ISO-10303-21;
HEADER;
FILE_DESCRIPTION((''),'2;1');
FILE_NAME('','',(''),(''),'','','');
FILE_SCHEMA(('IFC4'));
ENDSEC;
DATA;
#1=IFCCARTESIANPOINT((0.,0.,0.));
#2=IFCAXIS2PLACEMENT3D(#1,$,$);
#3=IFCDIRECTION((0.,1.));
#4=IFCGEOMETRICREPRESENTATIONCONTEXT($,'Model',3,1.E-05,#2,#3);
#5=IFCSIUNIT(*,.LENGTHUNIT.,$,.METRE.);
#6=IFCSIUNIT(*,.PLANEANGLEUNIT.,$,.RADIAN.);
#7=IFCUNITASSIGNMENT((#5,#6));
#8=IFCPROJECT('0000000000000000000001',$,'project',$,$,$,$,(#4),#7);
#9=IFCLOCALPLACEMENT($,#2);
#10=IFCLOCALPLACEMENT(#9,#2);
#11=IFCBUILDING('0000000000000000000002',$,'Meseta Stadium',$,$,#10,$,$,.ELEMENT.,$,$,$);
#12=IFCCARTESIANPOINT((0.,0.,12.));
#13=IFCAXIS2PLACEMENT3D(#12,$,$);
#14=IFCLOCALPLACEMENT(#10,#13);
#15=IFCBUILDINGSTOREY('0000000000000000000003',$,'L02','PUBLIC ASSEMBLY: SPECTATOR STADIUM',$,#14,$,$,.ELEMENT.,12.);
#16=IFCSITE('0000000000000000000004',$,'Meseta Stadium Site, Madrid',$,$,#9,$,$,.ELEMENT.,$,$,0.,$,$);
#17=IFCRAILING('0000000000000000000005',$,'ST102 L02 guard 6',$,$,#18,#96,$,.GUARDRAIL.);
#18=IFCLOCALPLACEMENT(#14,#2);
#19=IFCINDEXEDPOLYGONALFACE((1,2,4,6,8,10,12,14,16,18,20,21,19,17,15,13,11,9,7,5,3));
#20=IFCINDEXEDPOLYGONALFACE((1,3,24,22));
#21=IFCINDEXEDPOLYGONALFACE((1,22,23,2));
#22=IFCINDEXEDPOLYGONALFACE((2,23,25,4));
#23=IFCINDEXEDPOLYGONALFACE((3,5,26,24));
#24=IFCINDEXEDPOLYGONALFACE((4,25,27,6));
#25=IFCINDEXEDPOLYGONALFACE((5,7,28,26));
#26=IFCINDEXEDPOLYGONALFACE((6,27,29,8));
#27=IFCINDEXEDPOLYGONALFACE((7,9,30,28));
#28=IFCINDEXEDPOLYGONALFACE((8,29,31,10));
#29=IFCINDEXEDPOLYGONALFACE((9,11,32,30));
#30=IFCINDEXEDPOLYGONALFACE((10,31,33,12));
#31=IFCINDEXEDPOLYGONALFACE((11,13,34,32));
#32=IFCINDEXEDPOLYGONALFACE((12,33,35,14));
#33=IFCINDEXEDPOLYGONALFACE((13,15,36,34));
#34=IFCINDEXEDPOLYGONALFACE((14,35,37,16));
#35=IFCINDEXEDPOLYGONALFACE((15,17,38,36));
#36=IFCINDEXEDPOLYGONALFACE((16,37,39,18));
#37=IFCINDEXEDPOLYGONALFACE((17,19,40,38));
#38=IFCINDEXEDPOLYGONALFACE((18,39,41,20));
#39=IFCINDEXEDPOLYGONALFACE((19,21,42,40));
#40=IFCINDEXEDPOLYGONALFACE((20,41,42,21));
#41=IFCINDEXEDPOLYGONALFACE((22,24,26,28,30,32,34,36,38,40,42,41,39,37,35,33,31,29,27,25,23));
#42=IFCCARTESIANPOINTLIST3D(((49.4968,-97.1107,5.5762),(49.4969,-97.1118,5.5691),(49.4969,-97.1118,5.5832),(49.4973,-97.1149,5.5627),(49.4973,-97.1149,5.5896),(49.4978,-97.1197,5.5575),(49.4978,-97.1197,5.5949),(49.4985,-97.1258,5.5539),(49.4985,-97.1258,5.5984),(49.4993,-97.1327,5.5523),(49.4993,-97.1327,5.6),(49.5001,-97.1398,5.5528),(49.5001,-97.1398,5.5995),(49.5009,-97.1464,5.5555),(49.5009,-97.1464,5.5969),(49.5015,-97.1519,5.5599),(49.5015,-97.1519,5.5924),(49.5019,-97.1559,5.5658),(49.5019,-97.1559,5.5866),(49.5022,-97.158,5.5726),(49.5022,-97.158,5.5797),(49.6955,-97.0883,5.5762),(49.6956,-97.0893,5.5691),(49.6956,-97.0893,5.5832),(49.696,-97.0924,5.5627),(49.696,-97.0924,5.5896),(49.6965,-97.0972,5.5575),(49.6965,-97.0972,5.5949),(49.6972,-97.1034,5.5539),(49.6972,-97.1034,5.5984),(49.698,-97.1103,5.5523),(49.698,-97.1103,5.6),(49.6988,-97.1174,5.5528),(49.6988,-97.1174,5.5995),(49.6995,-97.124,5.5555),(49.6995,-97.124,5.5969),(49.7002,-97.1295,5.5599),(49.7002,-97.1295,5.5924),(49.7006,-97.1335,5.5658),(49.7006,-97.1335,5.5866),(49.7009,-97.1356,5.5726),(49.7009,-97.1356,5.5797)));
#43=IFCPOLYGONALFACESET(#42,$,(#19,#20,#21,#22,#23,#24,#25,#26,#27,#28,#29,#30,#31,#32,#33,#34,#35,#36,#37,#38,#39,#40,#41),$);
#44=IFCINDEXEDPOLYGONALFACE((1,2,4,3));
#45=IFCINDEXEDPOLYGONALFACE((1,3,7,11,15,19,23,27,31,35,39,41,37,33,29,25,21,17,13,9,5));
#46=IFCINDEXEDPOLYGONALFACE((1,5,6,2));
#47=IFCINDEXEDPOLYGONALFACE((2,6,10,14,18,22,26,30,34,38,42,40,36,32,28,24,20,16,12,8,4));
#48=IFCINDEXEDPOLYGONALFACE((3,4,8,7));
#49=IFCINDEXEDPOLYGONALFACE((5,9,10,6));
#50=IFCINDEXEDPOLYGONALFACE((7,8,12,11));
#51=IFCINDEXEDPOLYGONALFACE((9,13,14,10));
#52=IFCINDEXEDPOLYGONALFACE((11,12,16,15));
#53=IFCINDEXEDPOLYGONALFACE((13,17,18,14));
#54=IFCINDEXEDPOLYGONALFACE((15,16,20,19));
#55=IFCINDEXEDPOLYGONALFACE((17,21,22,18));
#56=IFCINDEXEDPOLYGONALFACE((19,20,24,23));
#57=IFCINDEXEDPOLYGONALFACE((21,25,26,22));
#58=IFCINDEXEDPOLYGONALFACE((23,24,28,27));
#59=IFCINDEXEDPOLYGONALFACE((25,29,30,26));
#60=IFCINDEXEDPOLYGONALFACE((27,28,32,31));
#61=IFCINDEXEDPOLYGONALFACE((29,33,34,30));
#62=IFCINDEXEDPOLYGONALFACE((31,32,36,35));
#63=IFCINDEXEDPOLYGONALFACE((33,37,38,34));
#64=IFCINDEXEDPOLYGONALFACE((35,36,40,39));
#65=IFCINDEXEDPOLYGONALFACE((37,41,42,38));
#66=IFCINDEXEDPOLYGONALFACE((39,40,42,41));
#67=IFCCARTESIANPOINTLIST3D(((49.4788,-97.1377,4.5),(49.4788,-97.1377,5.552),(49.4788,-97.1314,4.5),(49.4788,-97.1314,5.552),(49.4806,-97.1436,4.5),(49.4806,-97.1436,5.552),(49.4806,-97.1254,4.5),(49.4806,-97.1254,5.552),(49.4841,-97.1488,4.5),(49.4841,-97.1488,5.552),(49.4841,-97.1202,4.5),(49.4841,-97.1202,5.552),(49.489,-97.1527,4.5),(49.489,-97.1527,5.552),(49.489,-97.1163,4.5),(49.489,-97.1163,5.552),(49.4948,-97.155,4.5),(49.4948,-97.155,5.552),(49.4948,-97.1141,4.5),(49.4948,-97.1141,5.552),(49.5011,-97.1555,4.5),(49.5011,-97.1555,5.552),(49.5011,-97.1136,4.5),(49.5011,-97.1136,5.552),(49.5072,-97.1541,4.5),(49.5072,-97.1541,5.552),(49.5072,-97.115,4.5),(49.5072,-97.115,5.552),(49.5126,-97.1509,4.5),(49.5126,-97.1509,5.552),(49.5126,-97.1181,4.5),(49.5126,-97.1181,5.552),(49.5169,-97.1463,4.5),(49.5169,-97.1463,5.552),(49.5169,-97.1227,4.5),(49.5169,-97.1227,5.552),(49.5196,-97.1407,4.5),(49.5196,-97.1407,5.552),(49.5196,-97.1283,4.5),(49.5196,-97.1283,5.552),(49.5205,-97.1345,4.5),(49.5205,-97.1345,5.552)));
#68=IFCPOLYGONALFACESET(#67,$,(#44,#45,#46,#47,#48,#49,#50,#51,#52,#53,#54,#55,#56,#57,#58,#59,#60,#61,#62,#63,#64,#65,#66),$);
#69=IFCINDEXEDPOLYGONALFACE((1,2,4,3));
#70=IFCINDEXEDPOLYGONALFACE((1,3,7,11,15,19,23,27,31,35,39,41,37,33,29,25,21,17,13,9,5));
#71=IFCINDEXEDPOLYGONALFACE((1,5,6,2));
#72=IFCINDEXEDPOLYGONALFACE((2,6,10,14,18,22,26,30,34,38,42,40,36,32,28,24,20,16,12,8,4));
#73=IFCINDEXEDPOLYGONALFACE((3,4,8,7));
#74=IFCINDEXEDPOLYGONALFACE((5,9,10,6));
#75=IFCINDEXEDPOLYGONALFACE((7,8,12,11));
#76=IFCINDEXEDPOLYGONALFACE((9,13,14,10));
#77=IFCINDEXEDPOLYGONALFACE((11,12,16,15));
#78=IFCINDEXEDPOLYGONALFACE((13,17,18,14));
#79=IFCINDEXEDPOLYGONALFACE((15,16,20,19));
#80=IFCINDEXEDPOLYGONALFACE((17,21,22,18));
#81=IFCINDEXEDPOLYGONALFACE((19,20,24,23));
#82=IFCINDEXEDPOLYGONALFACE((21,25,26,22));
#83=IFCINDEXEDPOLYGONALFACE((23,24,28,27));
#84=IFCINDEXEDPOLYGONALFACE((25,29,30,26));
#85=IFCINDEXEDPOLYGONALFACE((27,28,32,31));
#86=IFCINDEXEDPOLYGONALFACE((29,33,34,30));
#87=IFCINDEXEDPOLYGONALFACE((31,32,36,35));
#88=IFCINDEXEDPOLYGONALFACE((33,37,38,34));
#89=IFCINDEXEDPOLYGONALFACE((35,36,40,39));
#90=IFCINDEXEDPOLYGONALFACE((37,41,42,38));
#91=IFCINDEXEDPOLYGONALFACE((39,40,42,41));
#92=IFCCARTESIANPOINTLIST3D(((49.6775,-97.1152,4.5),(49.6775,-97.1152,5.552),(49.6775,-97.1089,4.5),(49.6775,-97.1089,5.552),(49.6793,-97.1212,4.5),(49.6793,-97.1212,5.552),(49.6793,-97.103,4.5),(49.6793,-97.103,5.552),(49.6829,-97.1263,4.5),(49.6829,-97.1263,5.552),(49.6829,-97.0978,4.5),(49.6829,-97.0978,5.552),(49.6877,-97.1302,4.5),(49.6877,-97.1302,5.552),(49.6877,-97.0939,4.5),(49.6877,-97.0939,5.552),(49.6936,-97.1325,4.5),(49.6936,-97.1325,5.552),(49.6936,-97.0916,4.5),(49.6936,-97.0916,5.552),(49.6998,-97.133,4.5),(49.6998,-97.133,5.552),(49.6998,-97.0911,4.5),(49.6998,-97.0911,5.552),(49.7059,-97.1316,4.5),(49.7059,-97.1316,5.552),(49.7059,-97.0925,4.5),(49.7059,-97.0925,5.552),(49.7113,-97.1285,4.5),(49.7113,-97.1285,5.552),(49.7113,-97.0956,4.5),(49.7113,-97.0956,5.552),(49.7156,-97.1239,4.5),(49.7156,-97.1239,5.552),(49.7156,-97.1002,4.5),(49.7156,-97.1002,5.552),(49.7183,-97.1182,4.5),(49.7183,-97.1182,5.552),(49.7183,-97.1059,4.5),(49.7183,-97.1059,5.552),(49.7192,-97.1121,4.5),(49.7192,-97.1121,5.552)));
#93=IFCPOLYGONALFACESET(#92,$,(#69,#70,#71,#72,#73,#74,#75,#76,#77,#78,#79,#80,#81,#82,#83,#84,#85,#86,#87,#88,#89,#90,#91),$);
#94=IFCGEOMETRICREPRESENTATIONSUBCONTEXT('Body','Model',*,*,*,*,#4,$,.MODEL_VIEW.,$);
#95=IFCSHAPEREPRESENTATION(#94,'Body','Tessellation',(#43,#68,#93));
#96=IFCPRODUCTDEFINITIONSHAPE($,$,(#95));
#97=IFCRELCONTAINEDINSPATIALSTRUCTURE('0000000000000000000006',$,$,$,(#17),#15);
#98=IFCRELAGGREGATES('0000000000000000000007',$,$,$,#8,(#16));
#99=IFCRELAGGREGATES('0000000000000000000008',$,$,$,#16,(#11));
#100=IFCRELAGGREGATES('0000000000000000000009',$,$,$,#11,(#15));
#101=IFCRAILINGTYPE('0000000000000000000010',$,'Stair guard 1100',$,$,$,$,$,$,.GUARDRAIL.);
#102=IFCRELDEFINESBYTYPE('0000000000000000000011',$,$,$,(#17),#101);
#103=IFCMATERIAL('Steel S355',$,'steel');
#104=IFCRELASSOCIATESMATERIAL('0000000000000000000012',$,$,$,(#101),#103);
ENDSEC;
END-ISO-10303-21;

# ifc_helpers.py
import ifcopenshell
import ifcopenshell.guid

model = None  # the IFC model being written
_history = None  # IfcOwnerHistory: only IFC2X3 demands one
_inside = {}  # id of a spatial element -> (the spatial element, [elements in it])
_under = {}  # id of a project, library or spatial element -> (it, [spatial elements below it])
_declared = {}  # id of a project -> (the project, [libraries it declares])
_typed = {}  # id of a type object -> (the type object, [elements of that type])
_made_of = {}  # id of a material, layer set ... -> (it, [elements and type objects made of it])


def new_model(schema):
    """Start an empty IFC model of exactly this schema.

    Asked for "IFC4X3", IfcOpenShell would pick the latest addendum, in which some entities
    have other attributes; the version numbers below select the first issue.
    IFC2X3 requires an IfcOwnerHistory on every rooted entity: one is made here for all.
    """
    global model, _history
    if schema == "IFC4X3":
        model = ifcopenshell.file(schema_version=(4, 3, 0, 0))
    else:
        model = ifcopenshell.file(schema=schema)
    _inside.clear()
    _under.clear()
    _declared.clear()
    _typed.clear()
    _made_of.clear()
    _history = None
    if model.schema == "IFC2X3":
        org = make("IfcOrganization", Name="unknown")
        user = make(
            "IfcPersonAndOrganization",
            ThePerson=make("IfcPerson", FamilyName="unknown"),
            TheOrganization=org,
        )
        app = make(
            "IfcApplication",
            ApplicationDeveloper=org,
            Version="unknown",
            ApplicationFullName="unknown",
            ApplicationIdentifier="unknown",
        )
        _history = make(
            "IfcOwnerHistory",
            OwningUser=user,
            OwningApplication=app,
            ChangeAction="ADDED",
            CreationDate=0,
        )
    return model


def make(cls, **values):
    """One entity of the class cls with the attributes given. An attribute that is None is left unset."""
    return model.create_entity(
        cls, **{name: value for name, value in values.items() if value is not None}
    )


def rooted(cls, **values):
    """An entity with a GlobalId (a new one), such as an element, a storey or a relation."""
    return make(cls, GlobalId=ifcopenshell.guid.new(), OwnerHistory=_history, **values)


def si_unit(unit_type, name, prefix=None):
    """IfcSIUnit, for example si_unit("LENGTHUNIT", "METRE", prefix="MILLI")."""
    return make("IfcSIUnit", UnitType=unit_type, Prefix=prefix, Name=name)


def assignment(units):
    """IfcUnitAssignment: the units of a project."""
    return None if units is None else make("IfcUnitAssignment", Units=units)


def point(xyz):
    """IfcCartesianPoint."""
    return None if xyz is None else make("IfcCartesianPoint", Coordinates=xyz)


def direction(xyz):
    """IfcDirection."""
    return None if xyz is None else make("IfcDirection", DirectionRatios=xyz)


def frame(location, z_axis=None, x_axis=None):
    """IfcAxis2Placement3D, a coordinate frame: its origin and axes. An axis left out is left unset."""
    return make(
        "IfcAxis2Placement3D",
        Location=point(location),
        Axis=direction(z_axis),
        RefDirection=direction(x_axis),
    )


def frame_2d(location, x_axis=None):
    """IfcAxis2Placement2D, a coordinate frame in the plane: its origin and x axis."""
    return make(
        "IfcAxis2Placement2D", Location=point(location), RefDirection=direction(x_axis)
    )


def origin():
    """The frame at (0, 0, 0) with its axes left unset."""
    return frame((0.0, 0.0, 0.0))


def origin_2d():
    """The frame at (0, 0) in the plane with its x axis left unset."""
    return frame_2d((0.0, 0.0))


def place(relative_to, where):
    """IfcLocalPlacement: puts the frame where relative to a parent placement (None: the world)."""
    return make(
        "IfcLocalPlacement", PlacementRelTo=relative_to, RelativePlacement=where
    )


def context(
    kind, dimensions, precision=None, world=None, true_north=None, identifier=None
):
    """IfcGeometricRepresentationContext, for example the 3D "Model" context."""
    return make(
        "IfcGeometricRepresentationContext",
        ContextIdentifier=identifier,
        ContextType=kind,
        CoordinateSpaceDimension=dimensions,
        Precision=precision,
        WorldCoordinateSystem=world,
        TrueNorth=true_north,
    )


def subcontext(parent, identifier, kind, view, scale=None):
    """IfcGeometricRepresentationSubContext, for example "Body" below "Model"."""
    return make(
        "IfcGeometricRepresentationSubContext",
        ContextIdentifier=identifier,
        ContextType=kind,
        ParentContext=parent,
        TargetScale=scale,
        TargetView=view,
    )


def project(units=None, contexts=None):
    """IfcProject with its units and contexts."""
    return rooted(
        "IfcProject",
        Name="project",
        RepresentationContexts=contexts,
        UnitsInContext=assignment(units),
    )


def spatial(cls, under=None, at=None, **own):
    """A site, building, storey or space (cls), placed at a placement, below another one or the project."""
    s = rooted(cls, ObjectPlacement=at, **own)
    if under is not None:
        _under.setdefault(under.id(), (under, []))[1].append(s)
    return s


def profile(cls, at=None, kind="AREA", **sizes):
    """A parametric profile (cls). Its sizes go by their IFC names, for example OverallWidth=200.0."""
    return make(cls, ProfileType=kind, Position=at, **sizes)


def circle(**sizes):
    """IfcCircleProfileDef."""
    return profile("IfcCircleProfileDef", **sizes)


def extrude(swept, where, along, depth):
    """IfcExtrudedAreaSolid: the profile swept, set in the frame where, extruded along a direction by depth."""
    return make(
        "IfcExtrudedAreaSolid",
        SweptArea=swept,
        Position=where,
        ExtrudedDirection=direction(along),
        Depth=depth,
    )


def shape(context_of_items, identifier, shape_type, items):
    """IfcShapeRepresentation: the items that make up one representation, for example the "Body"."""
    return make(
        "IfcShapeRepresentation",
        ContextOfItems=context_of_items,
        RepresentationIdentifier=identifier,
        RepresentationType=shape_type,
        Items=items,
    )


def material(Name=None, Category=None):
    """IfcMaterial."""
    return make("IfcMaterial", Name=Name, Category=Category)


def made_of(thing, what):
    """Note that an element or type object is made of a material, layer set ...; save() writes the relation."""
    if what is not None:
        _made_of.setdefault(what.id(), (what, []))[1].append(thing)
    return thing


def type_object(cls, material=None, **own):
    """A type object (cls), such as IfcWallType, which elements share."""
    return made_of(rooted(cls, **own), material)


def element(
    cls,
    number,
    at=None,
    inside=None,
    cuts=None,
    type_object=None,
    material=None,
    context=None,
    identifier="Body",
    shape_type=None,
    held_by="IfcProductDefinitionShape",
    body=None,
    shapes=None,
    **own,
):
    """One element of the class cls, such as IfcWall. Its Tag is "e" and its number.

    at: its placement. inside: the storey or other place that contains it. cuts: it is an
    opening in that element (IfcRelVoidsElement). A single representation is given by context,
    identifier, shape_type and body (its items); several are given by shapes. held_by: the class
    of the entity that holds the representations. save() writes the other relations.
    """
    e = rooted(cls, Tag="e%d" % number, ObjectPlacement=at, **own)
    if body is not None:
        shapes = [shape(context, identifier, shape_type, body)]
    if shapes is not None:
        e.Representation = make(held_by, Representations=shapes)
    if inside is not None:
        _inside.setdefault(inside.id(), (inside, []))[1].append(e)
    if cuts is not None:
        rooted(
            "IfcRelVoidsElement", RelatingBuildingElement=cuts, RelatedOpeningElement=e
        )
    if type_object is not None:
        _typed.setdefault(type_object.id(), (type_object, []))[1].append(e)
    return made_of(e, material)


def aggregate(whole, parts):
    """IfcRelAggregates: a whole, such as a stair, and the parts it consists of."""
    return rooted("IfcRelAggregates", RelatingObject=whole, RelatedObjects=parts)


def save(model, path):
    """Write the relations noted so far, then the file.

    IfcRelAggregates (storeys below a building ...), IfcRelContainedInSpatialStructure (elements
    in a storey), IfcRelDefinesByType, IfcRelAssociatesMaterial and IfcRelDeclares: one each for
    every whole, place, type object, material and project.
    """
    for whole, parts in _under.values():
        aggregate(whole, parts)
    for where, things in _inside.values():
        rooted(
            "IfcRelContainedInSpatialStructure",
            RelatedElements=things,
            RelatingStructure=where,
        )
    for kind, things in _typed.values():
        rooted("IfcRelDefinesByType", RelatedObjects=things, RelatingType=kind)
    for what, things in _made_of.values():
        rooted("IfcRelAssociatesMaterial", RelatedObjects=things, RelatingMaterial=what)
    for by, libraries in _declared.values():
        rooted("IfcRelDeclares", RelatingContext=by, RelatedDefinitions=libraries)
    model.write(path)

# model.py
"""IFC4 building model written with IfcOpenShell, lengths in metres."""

from ifc_helpers import new_model, si_unit, direction, frame, origin, origin_2d, place, context, subcontext, project, spatial, circle, extrude, material, type_object, element, save


model = new_model("IFC4")

# Units and contexts
model_context = context("Model", 3, precision=1e-05, world=origin(), true_north=direction((0.0, 1.0)))
body_context = subcontext(model_context, "Body", "Model", "MODEL_VIEW")
ifc_project = project(units=[si_unit("LENGTHUNIT", "METRE"), si_unit("PLANEANGLEUNIT", "RADIAN")], contexts=[model_context])

# Site, building, storey
site_placement = place(None, origin())
site = spatial("IfcSite", under=ifc_project, at=site_placement, Name="Meseta Stadium Site, Madrid", CompositionType="ELEMENT", RefElevation=0.0)
building_placement = place(site_placement, origin())
building = spatial("IfcBuilding", under=site, at=building_placement, Name="Meseta Stadium", CompositionType="ELEMENT")
storey_placement = place(building_placement, frame((0.0, 0.0, 12.0)))
storey = spatial("IfcBuildingStorey", under=building, at=storey_placement, Name="L02", Description="PUBLIC ASSEMBLY: SPECTATOR STADIUM", CompositionType="ELEMENT", Elevation=12.0)

# Railing
ifc_material_1 = material(Name="Steel S355", Category="steel")
railing_type_1 = type_object("IfcRailingType", Name="Stair guard 1100", PredefinedType="GUARDRAIL", material=ifc_material_1)
railing_1_placement = place(storey_placement, frame((49.4995, -97.1345, 4.5)))
element("IfcRailing", 1, at=railing_1_placement, inside=storey, type_object=railing_type_1, Name="ST102 L02 guard 6", PredefinedType="GUARDRAIL", context=body_context, shape_type="SweptSolid", body=[
    extrude(circle(Radius=0.0239, at=origin_2d()), frame((0.0, 0.0, 1.0762), z_axis=(0.993674, 0.112307, 0.0), x_axis=(-0.112307, 0.993674, 0.0)), (0.0, 0.0, 1.0), 0.2),
    extrude(circle(Radius=0.021, at=origin_2d()), origin(), (0.0, 0.0, 1.0), 1.052),
    extrude(circle(Radius=0.021, at=origin_2d()), frame((0.1987, 0.0225, 0.0)), (0.0, 0.0, 1.0), 1.052),
])

save(model, "model.ifc")
